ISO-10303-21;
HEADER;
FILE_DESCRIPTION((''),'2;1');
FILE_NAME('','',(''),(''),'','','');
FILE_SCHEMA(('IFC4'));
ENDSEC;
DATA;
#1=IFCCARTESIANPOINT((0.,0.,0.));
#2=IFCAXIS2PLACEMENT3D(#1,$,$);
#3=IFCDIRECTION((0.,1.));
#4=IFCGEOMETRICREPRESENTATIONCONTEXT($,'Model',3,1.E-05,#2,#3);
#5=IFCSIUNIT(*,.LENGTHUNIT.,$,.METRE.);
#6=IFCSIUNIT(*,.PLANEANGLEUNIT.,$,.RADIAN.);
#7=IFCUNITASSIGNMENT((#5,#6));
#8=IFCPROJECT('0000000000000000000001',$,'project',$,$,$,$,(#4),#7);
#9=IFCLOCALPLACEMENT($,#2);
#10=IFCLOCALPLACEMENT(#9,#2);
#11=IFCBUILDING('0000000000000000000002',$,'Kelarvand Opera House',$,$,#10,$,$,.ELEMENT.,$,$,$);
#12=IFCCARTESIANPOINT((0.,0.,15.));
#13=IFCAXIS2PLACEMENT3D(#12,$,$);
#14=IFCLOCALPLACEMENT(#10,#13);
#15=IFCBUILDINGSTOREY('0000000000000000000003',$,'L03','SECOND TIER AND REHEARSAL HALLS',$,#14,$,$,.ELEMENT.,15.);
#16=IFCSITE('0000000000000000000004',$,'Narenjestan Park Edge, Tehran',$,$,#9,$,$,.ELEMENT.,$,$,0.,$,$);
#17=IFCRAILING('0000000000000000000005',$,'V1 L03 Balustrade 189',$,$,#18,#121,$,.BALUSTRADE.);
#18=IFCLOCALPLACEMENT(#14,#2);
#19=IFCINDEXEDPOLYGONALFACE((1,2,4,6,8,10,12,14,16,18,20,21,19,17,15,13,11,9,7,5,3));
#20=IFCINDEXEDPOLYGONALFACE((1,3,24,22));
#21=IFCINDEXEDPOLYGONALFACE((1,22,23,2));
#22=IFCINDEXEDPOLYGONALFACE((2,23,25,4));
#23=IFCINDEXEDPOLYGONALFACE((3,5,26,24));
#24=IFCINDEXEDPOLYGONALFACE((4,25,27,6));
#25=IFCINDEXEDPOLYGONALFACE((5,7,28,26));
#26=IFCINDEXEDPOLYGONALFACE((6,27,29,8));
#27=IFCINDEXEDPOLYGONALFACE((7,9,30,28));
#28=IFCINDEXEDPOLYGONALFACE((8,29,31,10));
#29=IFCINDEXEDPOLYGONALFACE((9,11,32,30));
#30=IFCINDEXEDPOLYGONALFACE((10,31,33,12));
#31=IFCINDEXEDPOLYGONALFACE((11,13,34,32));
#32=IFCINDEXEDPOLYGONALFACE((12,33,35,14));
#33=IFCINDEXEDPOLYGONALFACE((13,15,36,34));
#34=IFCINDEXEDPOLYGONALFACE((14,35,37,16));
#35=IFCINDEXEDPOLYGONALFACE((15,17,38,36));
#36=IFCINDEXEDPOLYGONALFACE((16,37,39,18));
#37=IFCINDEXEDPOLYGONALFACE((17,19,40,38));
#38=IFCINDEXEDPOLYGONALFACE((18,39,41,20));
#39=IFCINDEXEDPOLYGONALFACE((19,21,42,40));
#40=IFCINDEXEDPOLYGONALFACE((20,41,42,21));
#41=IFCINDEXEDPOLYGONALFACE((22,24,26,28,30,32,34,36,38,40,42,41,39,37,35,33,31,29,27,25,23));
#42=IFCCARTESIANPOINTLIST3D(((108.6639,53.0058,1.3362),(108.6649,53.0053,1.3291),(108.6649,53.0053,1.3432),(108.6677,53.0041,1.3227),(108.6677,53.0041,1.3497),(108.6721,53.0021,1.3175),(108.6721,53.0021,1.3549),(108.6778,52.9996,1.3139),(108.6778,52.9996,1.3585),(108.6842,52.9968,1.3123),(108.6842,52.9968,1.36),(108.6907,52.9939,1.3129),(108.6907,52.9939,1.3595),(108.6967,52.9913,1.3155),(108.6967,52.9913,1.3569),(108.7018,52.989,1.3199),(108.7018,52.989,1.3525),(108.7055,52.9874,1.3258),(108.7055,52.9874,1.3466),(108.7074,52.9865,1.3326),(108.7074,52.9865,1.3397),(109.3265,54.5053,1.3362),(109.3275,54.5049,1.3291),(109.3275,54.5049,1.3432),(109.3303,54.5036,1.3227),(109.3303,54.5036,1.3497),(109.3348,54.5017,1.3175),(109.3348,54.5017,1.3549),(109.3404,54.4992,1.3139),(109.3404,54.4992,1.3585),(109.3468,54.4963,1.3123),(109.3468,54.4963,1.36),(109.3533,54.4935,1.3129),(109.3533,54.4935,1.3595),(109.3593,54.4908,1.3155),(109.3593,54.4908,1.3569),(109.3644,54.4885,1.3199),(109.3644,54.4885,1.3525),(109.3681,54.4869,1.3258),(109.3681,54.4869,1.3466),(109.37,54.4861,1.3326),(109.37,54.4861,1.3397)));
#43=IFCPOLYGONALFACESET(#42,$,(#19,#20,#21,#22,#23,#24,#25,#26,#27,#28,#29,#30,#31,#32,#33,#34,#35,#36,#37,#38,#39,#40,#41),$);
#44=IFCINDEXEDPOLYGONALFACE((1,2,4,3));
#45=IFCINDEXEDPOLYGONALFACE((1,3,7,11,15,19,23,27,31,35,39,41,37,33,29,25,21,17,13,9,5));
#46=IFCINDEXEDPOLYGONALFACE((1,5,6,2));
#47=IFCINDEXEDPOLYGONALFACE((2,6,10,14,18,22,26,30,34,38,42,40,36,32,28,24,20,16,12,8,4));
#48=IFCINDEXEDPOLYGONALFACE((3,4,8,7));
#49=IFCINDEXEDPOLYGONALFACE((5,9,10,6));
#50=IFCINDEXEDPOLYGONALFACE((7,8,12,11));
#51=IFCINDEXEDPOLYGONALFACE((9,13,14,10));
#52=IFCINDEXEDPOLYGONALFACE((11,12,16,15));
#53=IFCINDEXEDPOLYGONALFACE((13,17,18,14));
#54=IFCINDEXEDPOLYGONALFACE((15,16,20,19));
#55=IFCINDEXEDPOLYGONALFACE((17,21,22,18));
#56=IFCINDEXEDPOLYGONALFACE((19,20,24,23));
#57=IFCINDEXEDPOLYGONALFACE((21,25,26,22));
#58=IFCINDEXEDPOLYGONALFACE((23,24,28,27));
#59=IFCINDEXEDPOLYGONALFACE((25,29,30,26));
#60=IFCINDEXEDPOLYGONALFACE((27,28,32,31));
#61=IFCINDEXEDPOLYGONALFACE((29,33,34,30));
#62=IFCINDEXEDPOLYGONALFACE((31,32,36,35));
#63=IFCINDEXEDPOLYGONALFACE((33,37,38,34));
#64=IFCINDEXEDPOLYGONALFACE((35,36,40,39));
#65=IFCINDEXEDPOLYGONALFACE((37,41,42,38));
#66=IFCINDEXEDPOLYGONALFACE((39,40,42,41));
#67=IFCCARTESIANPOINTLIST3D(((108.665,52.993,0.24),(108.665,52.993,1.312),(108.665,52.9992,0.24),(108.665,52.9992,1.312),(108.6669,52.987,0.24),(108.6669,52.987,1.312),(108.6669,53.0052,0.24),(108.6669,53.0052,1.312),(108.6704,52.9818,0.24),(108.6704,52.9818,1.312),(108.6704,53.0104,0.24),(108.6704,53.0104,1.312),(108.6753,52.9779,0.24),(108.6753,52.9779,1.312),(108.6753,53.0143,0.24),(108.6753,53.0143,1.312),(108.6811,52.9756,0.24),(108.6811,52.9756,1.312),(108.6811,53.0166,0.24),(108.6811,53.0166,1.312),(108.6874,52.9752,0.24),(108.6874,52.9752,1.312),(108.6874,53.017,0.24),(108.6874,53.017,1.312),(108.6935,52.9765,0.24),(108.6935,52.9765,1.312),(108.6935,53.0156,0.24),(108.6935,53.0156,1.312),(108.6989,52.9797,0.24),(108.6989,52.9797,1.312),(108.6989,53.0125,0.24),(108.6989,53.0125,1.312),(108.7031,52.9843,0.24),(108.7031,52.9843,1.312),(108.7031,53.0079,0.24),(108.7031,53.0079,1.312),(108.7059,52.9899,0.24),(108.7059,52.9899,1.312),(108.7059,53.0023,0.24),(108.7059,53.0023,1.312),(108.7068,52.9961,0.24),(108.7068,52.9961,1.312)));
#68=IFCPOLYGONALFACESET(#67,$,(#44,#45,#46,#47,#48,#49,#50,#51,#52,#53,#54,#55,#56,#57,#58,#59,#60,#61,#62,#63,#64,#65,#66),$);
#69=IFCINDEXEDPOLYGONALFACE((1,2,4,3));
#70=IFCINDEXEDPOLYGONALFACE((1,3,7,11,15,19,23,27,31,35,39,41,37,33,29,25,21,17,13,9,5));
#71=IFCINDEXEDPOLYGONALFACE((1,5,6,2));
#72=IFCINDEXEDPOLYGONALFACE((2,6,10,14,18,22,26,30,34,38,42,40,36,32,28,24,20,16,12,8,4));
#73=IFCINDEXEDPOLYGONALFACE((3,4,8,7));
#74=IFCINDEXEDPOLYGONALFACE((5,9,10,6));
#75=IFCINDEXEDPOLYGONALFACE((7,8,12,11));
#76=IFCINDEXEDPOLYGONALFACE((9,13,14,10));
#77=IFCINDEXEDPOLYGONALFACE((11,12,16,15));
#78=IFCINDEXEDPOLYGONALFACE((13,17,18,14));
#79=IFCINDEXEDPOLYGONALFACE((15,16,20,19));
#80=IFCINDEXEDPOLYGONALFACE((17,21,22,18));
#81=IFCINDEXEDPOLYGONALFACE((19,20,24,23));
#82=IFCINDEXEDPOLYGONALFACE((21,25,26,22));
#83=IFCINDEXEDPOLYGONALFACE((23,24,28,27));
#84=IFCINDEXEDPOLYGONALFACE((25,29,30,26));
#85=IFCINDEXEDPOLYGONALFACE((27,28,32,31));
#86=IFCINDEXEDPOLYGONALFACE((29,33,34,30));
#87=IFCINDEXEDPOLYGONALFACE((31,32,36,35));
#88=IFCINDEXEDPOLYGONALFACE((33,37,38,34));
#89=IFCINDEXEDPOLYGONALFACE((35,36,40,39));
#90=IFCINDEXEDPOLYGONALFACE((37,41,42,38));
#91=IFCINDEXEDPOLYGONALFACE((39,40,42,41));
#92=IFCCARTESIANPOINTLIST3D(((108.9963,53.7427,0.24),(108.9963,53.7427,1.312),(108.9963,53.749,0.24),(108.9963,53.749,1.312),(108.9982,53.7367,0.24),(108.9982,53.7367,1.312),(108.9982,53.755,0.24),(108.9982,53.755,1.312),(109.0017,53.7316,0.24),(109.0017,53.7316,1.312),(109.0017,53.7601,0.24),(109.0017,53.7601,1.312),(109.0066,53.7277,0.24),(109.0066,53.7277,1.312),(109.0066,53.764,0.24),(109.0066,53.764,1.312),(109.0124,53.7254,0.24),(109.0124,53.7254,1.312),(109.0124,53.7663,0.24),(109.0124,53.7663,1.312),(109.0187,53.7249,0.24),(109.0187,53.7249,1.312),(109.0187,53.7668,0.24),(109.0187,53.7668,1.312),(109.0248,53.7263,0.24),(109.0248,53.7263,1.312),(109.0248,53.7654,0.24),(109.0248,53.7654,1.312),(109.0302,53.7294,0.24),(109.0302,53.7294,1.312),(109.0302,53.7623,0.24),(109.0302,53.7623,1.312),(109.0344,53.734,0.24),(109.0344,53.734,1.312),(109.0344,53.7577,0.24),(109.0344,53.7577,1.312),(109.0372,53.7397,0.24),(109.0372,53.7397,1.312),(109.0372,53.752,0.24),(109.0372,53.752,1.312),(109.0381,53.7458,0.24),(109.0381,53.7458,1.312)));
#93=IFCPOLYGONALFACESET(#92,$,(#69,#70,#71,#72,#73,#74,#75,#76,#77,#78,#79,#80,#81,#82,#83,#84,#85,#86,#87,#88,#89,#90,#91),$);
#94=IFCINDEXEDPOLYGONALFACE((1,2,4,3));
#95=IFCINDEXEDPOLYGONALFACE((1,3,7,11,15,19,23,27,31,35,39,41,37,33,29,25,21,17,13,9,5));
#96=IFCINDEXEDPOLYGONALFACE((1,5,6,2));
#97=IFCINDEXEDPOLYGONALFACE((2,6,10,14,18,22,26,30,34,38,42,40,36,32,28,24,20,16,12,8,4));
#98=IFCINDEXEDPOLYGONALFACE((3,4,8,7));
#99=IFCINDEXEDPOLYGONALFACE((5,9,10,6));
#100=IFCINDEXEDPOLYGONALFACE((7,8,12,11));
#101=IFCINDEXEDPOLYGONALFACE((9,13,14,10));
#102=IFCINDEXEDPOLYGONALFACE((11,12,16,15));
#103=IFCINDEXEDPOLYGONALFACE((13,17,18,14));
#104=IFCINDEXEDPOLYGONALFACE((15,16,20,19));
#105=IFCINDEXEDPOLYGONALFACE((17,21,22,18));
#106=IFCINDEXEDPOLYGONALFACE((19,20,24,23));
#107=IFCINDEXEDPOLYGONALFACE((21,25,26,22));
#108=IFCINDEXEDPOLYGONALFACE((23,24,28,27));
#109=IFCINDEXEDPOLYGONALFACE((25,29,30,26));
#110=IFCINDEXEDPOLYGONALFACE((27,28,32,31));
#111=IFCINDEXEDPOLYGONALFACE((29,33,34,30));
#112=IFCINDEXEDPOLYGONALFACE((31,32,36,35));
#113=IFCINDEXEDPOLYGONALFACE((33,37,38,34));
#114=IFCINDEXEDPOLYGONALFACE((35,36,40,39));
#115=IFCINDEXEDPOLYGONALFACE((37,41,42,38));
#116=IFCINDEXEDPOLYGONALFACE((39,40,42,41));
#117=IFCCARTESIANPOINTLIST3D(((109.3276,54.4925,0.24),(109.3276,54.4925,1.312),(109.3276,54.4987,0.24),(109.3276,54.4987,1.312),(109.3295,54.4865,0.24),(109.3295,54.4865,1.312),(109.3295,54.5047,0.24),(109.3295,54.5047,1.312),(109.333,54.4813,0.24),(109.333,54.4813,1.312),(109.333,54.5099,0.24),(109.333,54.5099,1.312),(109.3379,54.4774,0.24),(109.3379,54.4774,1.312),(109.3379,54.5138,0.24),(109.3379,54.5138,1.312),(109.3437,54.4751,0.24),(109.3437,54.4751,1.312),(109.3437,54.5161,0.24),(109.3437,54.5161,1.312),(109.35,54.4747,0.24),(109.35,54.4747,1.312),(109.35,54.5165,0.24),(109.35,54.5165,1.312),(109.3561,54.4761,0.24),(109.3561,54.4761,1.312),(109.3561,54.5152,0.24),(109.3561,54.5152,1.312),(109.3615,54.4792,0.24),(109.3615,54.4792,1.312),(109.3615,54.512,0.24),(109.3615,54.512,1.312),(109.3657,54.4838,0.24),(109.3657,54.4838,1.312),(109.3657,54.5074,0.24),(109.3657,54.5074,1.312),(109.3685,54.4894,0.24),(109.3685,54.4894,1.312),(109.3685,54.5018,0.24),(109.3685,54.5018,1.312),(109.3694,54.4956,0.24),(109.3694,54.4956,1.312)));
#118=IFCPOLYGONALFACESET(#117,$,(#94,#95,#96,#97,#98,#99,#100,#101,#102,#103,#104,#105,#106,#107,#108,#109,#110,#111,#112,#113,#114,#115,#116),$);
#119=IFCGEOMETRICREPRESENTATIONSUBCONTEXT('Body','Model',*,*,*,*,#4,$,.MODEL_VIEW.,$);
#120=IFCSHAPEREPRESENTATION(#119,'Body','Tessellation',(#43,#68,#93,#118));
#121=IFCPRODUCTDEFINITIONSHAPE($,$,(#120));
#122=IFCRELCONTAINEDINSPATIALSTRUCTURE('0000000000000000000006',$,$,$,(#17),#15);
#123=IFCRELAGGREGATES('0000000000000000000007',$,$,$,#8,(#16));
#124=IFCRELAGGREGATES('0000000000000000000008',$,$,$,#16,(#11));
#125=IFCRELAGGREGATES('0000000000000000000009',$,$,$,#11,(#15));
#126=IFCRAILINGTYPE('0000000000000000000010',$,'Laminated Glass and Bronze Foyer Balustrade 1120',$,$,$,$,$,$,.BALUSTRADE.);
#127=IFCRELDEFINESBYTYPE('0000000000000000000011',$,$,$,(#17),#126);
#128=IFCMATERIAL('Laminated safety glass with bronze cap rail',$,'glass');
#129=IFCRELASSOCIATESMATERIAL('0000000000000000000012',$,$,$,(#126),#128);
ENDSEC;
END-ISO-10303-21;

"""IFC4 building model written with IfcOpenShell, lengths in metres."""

from ifc_helpers import new_model, si_unit, direction, frame, origin, origin_2d, place, context, subcontext, project, spatial, circle, extrude, material, type_object, element, save


model = new_model("IFC4")

# Units and contexts
model_context = context("Model", 3, precision=1e-05, world=origin(), true_north=direction((0.0, 1.0)))
body_context = subcontext(model_context, "Body", "Model", "MODEL_VIEW")
ifc_project = project(units=[si_unit("LENGTHUNIT", "METRE"), si_unit("PLANEANGLEUNIT", "RADIAN")], contexts=[model_context])

# Site, building, storey
site_placement = place(None, origin())
site = spatial("IfcSite", under=ifc_project, at=site_placement, Name="Narenjestan Park Edge, Tehran", CompositionType="ELEMENT", RefElevation=0.0)
building_placement = place(site_placement, origin())
building = spatial("IfcBuilding", under=site, at=building_placement, Name="Kelarvand Opera House", CompositionType="ELEMENT")
storey_placement = place(building_placement, frame((0.0, 0.0, 15.0)))
storey = spatial("IfcBuildingStorey", under=building, at=storey_placement, Name="L03", Description="SECOND TIER AND REHEARSAL HALLS", CompositionType="ELEMENT", Elevation=15.0)

# Railing
ifc_material_1 = material(Name="Laminated safety glass with bronze cap rail", Category="glass")
railing_type = type_object("IfcRailingType", Name="Laminated Glass and Bronze Foyer Balustrade 1120", PredefinedType="BALUSTRADE", material=ifc_material_1)
railing_1_placement = place(storey_placement, frame((108.6858, 52.9961, 0.24)))
element("IfcRailing", 1, at=railing_1_placement, inside=storey, type_object=railing_type, Name="V1 L03 Balustrade 189", PredefinedType="BALUSTRADE", context=body_context, shape_type="SweptSolid", body=[
    extrude(circle(Radius=0.0239, at=origin_2d()), frame((0.0, 0.0, 1.0962), z_axis=(0.404175, 0.914681, 0.0), x_axis=(-0.914681, 0.404175, 0.0)), (0.0, 0.0, 1.0), 1.6394),
    extrude(circle(Radius=0.021, at=origin_2d()), origin(), (0.0, 0.0, 1.0), 1.072),
    extrude(circle(Radius=0.021, at=origin_2d()), frame((0.3313, 0.7498, 0.0)), (0.0, 0.0, 1.0), 1.072),
    extrude(circle(Radius=0.021, at=origin_2d()), frame((0.6626, 1.4995, 0.0)), (0.0, 0.0, 1.0), 1.072),
])

save(model, "model.ifc")
